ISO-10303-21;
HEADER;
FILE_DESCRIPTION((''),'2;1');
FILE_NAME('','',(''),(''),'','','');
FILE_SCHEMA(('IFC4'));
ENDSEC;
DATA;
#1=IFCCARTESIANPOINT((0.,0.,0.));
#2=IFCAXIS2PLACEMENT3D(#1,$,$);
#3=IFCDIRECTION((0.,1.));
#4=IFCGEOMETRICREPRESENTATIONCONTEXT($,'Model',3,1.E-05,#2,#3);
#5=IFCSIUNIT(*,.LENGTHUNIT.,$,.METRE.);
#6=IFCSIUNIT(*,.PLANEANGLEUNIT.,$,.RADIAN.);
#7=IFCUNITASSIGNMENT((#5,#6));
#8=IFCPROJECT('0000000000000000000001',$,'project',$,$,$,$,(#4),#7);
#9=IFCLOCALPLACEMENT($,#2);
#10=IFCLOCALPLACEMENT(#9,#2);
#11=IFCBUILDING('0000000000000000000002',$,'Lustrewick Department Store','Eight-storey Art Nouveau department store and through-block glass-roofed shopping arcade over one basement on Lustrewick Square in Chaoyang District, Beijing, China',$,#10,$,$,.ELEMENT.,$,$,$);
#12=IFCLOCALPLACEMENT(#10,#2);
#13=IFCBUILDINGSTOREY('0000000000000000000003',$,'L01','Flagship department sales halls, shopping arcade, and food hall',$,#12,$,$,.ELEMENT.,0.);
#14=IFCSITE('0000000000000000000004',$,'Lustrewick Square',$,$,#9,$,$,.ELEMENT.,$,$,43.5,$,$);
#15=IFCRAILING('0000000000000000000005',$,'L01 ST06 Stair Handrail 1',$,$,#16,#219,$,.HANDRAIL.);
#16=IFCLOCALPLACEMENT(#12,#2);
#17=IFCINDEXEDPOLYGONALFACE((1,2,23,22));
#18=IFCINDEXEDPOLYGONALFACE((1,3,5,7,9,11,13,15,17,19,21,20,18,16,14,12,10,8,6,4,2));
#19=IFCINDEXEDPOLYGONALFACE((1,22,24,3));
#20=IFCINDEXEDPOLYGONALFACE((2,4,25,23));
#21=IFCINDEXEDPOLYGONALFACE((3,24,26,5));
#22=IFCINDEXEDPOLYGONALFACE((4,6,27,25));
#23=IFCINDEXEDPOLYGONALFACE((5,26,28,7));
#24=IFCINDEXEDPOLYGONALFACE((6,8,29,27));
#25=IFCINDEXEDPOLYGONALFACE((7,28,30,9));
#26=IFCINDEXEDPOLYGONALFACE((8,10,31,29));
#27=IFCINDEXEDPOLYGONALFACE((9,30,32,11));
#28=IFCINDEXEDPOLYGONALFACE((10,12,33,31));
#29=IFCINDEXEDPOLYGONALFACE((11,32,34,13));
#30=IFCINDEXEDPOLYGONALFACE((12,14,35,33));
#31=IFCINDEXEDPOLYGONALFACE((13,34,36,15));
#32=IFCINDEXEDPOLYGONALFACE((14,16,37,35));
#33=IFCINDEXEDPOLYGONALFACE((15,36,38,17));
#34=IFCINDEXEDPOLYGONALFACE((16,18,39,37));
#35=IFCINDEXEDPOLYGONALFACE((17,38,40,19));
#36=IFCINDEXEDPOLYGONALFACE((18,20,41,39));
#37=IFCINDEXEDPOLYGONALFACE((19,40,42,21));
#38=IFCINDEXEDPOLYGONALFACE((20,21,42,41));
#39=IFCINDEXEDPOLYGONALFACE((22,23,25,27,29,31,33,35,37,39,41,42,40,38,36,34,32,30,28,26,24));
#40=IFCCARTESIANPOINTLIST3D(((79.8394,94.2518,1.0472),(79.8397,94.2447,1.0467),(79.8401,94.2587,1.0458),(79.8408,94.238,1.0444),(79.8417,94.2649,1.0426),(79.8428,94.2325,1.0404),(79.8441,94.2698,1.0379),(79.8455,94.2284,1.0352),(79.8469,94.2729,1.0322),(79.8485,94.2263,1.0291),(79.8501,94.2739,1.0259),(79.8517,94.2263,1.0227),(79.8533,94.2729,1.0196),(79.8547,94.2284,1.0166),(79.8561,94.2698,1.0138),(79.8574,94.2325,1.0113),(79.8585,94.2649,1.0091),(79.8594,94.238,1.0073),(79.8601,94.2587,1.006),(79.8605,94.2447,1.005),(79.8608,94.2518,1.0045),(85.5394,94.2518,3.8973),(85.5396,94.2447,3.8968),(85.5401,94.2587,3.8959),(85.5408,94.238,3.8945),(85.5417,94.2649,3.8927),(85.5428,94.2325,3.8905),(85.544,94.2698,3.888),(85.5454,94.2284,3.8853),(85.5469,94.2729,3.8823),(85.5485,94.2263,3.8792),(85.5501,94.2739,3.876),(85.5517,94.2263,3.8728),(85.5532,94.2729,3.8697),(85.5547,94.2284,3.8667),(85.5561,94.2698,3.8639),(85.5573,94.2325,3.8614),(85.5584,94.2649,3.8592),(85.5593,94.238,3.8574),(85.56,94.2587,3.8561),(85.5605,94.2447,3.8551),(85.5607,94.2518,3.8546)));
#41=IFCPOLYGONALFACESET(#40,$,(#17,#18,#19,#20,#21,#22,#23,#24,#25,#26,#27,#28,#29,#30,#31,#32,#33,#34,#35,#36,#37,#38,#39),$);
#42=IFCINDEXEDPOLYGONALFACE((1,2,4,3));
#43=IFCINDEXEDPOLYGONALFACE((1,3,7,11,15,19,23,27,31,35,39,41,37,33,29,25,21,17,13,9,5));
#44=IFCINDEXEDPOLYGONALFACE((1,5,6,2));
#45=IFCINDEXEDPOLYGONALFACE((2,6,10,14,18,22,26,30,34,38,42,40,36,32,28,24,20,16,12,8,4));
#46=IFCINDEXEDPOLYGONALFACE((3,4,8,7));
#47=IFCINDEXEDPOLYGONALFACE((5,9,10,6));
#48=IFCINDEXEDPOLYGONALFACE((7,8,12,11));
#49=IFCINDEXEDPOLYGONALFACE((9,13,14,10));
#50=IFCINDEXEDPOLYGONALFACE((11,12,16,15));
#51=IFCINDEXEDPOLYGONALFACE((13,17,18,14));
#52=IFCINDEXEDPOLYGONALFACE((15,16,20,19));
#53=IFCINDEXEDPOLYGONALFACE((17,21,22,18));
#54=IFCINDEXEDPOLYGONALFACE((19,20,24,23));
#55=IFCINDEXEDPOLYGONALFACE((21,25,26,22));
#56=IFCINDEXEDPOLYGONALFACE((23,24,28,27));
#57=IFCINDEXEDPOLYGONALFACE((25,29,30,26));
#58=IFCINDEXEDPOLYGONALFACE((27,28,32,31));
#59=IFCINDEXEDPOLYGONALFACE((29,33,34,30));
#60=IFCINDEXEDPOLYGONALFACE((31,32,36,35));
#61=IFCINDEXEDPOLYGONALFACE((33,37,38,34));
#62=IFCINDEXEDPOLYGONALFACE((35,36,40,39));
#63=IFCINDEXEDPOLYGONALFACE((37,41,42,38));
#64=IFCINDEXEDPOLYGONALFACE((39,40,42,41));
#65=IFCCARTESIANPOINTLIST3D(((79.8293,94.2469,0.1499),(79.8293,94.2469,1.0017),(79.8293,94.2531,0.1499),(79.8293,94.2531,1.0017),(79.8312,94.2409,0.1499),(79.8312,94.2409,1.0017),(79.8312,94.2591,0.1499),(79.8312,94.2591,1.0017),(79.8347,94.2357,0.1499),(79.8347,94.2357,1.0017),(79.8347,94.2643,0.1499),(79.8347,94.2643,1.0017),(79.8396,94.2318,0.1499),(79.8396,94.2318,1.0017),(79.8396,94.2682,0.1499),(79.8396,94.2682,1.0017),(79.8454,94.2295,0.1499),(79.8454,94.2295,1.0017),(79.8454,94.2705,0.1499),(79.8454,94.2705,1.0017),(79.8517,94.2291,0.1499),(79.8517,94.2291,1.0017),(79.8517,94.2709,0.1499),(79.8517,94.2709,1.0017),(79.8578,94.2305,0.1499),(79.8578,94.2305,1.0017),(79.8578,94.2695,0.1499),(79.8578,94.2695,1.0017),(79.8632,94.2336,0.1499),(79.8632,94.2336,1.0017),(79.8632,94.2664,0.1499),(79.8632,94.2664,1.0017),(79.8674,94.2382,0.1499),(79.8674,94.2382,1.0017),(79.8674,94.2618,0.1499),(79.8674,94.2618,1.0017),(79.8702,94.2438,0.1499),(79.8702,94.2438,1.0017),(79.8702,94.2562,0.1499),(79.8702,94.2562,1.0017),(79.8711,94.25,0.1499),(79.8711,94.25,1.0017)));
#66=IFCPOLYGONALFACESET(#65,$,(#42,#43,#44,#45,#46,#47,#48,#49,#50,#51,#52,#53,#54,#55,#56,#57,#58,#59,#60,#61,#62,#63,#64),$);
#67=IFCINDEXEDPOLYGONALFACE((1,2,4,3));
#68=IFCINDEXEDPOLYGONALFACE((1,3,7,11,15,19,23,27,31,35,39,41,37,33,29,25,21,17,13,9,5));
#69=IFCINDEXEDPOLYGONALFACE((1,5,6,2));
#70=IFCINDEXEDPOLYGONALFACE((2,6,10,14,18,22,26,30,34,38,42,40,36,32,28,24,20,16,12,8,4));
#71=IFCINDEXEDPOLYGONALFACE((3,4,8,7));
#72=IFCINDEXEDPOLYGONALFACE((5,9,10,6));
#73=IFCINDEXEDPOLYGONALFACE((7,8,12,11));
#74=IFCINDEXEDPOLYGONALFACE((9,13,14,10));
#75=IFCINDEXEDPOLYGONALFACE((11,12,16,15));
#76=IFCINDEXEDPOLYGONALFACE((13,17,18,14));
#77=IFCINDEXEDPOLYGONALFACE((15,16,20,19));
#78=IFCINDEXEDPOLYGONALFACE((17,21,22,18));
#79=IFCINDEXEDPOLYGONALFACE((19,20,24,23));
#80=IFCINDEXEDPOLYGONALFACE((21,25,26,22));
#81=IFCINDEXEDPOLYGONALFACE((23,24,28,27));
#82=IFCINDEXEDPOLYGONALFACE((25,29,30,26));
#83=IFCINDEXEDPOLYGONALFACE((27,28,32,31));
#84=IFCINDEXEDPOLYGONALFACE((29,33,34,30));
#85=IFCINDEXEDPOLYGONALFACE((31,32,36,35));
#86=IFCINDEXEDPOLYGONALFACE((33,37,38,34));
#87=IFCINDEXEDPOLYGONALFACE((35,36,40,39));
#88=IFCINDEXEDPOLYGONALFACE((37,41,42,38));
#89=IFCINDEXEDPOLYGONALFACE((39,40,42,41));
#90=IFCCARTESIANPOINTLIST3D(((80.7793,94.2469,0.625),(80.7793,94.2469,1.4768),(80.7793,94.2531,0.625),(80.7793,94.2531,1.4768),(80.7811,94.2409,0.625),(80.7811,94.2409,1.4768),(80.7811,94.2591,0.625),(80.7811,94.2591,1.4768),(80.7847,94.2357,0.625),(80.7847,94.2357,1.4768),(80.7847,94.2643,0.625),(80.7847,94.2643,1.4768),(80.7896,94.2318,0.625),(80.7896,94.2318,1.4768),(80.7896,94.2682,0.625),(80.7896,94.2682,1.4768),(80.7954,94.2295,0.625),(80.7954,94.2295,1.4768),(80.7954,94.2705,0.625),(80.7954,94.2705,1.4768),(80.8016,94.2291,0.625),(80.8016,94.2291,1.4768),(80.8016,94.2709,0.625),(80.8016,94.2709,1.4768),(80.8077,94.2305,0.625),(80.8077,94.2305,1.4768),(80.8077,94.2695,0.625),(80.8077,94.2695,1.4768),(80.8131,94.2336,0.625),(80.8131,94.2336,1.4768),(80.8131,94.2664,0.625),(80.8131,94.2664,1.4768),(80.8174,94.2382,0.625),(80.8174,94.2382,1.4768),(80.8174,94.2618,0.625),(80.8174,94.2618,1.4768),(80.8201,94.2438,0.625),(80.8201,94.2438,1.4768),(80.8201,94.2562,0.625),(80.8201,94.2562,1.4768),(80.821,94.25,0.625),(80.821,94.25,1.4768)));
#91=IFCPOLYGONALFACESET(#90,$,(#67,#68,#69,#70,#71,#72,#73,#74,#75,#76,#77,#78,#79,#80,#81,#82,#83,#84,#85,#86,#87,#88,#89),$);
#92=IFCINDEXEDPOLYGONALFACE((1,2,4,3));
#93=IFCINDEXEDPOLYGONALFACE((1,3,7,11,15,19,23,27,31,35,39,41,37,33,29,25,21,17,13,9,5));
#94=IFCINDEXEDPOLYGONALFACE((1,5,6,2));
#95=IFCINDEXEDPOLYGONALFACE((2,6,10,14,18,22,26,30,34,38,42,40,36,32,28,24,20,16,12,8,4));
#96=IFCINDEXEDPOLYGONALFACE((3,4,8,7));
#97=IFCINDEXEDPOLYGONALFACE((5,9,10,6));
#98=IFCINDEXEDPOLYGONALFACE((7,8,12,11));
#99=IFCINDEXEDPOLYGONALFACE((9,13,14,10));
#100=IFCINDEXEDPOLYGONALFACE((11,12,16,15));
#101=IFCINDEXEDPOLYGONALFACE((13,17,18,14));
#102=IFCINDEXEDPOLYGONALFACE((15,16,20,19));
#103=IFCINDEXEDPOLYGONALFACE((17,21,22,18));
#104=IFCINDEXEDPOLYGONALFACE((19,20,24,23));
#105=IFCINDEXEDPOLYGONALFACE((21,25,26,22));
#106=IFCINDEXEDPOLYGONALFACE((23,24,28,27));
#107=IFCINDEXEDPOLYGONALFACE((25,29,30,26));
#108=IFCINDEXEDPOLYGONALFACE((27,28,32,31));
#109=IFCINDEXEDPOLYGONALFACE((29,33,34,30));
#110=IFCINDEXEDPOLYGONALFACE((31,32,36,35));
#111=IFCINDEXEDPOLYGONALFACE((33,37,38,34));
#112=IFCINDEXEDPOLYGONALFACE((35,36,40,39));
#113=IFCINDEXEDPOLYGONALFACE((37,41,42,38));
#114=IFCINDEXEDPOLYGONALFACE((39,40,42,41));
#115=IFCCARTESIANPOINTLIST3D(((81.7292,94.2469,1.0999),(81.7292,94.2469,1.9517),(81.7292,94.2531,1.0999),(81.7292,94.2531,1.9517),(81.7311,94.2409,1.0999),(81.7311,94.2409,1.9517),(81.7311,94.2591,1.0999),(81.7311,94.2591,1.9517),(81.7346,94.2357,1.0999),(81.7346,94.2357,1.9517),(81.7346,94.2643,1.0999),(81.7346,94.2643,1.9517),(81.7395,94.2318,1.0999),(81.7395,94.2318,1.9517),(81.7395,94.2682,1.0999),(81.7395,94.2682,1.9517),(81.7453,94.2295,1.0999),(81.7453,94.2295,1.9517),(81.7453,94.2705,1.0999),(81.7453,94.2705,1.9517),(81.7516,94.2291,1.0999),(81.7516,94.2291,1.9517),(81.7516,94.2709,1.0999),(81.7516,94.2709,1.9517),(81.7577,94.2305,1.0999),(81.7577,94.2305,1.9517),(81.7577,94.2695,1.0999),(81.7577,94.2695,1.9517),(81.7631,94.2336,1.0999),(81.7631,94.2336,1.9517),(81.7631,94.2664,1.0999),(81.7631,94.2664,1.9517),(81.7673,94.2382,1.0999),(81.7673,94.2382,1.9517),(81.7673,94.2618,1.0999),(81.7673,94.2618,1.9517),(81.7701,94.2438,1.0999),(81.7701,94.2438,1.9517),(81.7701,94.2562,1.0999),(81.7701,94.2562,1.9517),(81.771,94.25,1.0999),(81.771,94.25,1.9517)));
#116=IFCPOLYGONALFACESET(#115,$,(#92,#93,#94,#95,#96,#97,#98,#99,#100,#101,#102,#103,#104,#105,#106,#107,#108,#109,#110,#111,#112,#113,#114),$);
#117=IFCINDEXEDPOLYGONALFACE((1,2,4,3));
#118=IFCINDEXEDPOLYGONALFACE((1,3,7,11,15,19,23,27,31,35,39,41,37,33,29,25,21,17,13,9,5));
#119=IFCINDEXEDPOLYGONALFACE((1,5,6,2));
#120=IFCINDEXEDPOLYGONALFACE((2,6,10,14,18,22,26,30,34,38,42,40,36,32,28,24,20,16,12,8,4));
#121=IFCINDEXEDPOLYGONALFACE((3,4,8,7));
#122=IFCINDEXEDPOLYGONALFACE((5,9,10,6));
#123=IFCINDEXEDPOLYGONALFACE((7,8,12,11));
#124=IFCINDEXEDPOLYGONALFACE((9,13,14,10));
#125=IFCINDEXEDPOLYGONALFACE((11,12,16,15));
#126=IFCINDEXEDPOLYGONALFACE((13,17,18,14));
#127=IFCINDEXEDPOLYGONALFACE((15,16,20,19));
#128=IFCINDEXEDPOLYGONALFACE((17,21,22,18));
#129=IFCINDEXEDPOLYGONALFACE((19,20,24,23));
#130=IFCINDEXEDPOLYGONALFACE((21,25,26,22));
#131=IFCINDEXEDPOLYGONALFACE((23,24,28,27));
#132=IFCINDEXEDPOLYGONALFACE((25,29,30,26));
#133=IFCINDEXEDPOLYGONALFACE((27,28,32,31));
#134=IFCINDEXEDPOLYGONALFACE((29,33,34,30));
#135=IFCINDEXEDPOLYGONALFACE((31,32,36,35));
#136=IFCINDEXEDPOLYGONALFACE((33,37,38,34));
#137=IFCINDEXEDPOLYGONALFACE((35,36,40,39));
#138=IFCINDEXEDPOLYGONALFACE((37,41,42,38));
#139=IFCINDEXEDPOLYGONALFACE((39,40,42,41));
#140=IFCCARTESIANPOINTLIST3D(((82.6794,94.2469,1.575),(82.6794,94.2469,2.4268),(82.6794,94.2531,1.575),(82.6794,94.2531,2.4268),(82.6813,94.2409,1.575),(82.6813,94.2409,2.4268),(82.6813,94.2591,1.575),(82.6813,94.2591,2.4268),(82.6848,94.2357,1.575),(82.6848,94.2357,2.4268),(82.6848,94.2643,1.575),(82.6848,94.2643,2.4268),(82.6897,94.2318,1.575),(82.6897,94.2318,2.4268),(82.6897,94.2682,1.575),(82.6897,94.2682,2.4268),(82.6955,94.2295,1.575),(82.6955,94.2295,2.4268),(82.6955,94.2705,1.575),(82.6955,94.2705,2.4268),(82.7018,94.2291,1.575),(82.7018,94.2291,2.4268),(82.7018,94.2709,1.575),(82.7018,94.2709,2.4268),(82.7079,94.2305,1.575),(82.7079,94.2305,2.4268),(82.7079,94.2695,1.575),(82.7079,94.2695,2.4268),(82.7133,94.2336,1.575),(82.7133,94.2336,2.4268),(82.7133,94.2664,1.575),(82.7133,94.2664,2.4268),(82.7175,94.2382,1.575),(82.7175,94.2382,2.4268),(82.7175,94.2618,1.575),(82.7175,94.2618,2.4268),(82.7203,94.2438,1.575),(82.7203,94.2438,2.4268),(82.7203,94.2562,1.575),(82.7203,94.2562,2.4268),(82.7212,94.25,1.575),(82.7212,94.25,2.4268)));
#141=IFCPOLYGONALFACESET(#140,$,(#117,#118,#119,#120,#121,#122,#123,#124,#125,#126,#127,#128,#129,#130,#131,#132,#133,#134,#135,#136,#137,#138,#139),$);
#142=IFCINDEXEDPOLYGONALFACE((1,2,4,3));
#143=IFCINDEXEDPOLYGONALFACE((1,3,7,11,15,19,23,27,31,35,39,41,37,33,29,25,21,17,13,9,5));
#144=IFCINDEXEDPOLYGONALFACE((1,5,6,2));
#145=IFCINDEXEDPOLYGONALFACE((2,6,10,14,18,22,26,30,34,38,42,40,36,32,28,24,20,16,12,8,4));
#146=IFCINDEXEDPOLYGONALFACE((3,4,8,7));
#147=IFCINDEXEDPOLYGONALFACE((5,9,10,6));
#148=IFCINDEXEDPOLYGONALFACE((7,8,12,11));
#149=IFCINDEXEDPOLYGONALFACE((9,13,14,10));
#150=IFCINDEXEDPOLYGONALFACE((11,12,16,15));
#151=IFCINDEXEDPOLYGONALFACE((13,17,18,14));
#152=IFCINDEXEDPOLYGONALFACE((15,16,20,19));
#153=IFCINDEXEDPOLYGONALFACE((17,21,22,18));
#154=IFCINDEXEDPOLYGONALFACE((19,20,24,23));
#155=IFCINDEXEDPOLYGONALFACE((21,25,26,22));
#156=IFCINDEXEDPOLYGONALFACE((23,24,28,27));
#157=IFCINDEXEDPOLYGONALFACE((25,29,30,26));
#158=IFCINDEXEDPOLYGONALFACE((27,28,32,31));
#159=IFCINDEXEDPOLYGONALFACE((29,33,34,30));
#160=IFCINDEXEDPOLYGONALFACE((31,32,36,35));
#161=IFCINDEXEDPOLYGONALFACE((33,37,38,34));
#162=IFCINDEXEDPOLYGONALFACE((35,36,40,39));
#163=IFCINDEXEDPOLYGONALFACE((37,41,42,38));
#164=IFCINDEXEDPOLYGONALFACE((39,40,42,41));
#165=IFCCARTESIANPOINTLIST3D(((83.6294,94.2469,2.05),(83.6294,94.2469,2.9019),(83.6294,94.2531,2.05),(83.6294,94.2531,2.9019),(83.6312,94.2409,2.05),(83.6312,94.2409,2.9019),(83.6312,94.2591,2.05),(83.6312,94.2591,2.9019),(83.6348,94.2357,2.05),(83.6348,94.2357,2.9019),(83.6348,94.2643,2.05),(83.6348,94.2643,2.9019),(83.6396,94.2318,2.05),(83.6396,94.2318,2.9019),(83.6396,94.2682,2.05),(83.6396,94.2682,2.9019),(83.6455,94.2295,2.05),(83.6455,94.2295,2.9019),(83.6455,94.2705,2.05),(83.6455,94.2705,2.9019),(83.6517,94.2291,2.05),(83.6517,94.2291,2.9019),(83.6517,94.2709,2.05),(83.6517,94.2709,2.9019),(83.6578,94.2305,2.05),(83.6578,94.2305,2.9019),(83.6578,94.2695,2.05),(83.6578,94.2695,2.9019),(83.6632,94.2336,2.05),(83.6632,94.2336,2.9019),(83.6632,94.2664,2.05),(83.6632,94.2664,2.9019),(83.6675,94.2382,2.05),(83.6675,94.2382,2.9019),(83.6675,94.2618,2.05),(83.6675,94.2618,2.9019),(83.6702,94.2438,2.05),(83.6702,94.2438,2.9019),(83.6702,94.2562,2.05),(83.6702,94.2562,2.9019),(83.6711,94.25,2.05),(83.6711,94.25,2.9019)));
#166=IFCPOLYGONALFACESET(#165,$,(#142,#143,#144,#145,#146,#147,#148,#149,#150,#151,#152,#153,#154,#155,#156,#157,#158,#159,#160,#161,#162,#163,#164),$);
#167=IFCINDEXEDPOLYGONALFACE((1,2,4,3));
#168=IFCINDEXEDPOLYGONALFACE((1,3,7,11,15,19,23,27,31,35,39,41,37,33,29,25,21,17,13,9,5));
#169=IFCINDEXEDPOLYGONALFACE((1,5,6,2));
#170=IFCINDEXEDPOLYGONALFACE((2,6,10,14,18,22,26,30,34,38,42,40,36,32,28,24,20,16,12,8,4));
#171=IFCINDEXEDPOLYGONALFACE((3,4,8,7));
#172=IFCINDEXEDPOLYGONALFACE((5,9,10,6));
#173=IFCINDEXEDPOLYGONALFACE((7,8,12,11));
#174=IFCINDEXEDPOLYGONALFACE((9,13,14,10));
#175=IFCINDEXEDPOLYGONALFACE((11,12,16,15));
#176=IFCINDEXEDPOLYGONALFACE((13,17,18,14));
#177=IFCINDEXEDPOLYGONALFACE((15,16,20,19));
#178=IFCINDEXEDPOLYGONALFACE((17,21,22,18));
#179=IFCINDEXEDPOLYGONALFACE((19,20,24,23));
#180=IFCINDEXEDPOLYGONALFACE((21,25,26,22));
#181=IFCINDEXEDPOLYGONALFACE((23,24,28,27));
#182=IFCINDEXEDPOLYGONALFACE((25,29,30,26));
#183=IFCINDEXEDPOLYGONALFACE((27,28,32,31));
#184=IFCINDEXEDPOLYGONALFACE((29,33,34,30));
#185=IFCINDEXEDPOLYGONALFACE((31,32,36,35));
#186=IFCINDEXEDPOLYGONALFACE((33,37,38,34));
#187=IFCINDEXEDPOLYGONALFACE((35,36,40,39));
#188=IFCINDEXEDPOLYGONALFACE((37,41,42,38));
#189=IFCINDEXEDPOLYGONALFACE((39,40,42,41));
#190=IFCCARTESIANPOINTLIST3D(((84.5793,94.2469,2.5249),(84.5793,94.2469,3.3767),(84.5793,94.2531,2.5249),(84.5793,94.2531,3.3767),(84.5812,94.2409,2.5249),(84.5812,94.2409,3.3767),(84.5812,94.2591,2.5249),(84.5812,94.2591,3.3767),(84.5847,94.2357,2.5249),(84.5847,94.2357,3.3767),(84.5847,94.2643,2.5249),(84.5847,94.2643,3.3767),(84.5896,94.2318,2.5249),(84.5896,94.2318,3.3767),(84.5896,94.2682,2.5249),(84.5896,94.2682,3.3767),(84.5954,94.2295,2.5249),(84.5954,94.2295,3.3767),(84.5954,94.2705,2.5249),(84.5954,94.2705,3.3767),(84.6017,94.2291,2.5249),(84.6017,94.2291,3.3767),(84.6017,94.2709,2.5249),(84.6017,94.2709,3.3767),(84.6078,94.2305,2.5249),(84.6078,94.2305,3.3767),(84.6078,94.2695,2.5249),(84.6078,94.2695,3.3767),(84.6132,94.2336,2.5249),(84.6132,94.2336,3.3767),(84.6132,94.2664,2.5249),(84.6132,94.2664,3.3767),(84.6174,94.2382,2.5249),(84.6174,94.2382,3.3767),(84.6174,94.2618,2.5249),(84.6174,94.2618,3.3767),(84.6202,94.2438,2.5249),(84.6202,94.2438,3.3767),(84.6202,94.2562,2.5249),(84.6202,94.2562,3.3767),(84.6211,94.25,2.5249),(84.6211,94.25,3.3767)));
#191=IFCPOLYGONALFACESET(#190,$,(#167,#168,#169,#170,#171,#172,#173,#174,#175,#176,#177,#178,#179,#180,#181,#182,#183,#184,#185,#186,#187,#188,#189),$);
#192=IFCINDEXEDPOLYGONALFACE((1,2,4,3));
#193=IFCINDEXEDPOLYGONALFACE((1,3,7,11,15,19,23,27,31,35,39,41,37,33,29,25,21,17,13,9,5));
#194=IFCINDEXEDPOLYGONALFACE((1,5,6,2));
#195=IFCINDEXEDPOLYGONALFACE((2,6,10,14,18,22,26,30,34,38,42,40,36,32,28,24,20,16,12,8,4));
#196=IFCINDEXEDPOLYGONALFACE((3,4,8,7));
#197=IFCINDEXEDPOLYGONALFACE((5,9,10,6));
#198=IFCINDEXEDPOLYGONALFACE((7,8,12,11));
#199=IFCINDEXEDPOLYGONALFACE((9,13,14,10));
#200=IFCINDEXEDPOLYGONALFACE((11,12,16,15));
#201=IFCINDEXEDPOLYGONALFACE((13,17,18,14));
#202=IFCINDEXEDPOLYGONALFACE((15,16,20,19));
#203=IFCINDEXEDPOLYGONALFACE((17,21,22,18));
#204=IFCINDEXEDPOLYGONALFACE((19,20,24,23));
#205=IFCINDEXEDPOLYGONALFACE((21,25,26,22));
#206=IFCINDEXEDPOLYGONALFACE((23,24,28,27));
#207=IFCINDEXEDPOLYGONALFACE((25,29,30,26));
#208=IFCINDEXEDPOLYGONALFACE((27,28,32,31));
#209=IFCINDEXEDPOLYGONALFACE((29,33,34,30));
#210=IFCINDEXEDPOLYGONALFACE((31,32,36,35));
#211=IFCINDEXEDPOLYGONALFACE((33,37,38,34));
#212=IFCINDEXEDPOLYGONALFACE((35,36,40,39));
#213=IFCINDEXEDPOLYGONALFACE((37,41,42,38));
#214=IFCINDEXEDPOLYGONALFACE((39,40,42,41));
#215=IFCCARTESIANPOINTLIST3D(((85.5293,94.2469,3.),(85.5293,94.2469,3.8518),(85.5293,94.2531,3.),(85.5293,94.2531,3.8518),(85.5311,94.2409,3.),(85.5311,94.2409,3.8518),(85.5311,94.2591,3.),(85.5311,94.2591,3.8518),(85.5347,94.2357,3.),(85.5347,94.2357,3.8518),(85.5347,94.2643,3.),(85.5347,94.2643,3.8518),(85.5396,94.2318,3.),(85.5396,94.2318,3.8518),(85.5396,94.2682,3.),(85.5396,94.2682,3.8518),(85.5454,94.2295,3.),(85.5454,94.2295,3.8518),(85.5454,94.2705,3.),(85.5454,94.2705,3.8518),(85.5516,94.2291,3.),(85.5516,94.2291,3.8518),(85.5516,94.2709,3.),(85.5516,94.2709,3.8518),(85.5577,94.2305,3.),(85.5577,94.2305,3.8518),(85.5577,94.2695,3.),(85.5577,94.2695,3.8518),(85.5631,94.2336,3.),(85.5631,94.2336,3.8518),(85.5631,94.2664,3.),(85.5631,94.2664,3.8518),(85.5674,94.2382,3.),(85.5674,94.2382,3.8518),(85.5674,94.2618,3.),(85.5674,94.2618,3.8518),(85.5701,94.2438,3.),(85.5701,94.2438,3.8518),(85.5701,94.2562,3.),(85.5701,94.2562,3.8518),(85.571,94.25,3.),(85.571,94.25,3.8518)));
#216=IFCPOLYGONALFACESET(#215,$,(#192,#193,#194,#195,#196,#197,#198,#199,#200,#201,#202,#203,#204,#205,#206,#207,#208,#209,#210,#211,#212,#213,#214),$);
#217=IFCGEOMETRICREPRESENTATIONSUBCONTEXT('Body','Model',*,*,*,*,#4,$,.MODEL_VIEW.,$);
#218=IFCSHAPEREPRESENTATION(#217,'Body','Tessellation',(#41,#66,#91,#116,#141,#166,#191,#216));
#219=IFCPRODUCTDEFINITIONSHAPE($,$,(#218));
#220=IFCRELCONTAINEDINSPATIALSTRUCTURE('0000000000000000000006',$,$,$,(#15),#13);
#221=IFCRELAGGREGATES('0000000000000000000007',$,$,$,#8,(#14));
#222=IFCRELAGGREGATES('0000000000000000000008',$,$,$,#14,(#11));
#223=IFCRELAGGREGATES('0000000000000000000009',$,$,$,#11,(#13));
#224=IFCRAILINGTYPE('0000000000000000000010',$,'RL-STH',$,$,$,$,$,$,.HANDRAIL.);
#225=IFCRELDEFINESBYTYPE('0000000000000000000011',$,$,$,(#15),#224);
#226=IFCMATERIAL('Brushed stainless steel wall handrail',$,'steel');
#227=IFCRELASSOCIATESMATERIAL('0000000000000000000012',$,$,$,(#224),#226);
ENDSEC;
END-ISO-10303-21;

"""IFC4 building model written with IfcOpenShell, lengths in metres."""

from ifc_helpers import new_model, si_unit, direction, frame, origin, origin_2d, place, context, subcontext, project, spatial, circle, extrude, material, type_object, element, save


model = new_model("IFC4")

# Units and contexts
model_context = context("Model", 3, precision=1e-05, world=origin(), true_north=direction((0.0, 1.0)))
body_context = subcontext(model_context, "Body", "Model", "MODEL_VIEW")
ifc_project = project(units=[si_unit("LENGTHUNIT", "METRE"), si_unit("PLANEANGLEUNIT", "RADIAN")], contexts=[model_context])

# Site, building, storey
site_placement = place(None, origin())
site = spatial("IfcSite", under=ifc_project, at=site_placement, Name="Lustrewick Square", CompositionType="ELEMENT", RefElevation=43.5)
building_placement = place(site_placement, origin())
building = spatial("IfcBuilding", under=site, at=building_placement, Name="Lustrewick Department Store", Description="Eight-storey Art Nouveau department store and through-block glass-roofed shopping arcade over one basement on Lustrewick Square in Chaoyang District, Beijing, China", CompositionType="ELEMENT")
storey_placement = place(building_placement, origin())
storey = spatial("IfcBuildingStorey", under=building, at=storey_placement, Name="L01", Description="Flagship department sales halls, shopping arcade, and food hall", CompositionType="ELEMENT", Elevation=0.0)

# Railing
ifc_material_1 = material(Name="Brushed stainless steel wall handrail", Category="steel")
railing_type_1 = type_object("IfcRailingType", Name="RL-STH", PredefinedType="HANDRAIL", material=ifc_material_1)
railing_1_placement = place(storey_placement, frame((79.8501, 94.25, 0.1499)))
element("IfcRailing", 1, at=railing_1_placement, inside=storey, type_object=railing_type_1, Name="L01 ST06 Stair Handrail 1", PredefinedType="HANDRAIL", context=body_context, shape_type="SweptSolid", body=[
    extrude(circle(Radius=0.0239, at=origin_2d()), frame((0.0, 0.0, 0.876), z_axis=(0.89442, 0.0, 0.447229), x_axis=(0.0, 1.0, 0.0)), (0.0, 0.0, 1.0), 6.3728),
    extrude(circle(Radius=0.021, at=origin_2d()), origin(), (0.0, 0.0, 1.0), 0.8518),
    extrude(circle(Radius=0.021, at=origin_2d()), frame((0.95, 0.0, 0.4751)), (0.0, 0.0, 1.0), 0.8518),
    extrude(circle(Radius=0.021, at=origin_2d()), frame((1.8999, 0.0, 0.95)), (0.0, 0.0, 1.0), 0.8518),
    extrude(circle(Radius=0.021, at=origin_2d()), frame((2.8501, 0.0, 1.425)), (0.0, 0.0, 1.0), 0.8518),
    extrude(circle(Radius=0.021, at=origin_2d()), frame((3.8, 0.0, 1.9001)), (0.0, 0.0, 1.0), 0.8518),
    extrude(circle(Radius=0.021, at=origin_2d()), frame((4.75, 0.0, 2.375)), (0.0, 0.0, 1.0), 0.8518),
    extrude(circle(Radius=0.021, at=origin_2d()), frame((5.7, 0.0, 2.8501)), (0.0, 0.0, 1.0), 0.8518),
])

save(model, "model.ifc")
